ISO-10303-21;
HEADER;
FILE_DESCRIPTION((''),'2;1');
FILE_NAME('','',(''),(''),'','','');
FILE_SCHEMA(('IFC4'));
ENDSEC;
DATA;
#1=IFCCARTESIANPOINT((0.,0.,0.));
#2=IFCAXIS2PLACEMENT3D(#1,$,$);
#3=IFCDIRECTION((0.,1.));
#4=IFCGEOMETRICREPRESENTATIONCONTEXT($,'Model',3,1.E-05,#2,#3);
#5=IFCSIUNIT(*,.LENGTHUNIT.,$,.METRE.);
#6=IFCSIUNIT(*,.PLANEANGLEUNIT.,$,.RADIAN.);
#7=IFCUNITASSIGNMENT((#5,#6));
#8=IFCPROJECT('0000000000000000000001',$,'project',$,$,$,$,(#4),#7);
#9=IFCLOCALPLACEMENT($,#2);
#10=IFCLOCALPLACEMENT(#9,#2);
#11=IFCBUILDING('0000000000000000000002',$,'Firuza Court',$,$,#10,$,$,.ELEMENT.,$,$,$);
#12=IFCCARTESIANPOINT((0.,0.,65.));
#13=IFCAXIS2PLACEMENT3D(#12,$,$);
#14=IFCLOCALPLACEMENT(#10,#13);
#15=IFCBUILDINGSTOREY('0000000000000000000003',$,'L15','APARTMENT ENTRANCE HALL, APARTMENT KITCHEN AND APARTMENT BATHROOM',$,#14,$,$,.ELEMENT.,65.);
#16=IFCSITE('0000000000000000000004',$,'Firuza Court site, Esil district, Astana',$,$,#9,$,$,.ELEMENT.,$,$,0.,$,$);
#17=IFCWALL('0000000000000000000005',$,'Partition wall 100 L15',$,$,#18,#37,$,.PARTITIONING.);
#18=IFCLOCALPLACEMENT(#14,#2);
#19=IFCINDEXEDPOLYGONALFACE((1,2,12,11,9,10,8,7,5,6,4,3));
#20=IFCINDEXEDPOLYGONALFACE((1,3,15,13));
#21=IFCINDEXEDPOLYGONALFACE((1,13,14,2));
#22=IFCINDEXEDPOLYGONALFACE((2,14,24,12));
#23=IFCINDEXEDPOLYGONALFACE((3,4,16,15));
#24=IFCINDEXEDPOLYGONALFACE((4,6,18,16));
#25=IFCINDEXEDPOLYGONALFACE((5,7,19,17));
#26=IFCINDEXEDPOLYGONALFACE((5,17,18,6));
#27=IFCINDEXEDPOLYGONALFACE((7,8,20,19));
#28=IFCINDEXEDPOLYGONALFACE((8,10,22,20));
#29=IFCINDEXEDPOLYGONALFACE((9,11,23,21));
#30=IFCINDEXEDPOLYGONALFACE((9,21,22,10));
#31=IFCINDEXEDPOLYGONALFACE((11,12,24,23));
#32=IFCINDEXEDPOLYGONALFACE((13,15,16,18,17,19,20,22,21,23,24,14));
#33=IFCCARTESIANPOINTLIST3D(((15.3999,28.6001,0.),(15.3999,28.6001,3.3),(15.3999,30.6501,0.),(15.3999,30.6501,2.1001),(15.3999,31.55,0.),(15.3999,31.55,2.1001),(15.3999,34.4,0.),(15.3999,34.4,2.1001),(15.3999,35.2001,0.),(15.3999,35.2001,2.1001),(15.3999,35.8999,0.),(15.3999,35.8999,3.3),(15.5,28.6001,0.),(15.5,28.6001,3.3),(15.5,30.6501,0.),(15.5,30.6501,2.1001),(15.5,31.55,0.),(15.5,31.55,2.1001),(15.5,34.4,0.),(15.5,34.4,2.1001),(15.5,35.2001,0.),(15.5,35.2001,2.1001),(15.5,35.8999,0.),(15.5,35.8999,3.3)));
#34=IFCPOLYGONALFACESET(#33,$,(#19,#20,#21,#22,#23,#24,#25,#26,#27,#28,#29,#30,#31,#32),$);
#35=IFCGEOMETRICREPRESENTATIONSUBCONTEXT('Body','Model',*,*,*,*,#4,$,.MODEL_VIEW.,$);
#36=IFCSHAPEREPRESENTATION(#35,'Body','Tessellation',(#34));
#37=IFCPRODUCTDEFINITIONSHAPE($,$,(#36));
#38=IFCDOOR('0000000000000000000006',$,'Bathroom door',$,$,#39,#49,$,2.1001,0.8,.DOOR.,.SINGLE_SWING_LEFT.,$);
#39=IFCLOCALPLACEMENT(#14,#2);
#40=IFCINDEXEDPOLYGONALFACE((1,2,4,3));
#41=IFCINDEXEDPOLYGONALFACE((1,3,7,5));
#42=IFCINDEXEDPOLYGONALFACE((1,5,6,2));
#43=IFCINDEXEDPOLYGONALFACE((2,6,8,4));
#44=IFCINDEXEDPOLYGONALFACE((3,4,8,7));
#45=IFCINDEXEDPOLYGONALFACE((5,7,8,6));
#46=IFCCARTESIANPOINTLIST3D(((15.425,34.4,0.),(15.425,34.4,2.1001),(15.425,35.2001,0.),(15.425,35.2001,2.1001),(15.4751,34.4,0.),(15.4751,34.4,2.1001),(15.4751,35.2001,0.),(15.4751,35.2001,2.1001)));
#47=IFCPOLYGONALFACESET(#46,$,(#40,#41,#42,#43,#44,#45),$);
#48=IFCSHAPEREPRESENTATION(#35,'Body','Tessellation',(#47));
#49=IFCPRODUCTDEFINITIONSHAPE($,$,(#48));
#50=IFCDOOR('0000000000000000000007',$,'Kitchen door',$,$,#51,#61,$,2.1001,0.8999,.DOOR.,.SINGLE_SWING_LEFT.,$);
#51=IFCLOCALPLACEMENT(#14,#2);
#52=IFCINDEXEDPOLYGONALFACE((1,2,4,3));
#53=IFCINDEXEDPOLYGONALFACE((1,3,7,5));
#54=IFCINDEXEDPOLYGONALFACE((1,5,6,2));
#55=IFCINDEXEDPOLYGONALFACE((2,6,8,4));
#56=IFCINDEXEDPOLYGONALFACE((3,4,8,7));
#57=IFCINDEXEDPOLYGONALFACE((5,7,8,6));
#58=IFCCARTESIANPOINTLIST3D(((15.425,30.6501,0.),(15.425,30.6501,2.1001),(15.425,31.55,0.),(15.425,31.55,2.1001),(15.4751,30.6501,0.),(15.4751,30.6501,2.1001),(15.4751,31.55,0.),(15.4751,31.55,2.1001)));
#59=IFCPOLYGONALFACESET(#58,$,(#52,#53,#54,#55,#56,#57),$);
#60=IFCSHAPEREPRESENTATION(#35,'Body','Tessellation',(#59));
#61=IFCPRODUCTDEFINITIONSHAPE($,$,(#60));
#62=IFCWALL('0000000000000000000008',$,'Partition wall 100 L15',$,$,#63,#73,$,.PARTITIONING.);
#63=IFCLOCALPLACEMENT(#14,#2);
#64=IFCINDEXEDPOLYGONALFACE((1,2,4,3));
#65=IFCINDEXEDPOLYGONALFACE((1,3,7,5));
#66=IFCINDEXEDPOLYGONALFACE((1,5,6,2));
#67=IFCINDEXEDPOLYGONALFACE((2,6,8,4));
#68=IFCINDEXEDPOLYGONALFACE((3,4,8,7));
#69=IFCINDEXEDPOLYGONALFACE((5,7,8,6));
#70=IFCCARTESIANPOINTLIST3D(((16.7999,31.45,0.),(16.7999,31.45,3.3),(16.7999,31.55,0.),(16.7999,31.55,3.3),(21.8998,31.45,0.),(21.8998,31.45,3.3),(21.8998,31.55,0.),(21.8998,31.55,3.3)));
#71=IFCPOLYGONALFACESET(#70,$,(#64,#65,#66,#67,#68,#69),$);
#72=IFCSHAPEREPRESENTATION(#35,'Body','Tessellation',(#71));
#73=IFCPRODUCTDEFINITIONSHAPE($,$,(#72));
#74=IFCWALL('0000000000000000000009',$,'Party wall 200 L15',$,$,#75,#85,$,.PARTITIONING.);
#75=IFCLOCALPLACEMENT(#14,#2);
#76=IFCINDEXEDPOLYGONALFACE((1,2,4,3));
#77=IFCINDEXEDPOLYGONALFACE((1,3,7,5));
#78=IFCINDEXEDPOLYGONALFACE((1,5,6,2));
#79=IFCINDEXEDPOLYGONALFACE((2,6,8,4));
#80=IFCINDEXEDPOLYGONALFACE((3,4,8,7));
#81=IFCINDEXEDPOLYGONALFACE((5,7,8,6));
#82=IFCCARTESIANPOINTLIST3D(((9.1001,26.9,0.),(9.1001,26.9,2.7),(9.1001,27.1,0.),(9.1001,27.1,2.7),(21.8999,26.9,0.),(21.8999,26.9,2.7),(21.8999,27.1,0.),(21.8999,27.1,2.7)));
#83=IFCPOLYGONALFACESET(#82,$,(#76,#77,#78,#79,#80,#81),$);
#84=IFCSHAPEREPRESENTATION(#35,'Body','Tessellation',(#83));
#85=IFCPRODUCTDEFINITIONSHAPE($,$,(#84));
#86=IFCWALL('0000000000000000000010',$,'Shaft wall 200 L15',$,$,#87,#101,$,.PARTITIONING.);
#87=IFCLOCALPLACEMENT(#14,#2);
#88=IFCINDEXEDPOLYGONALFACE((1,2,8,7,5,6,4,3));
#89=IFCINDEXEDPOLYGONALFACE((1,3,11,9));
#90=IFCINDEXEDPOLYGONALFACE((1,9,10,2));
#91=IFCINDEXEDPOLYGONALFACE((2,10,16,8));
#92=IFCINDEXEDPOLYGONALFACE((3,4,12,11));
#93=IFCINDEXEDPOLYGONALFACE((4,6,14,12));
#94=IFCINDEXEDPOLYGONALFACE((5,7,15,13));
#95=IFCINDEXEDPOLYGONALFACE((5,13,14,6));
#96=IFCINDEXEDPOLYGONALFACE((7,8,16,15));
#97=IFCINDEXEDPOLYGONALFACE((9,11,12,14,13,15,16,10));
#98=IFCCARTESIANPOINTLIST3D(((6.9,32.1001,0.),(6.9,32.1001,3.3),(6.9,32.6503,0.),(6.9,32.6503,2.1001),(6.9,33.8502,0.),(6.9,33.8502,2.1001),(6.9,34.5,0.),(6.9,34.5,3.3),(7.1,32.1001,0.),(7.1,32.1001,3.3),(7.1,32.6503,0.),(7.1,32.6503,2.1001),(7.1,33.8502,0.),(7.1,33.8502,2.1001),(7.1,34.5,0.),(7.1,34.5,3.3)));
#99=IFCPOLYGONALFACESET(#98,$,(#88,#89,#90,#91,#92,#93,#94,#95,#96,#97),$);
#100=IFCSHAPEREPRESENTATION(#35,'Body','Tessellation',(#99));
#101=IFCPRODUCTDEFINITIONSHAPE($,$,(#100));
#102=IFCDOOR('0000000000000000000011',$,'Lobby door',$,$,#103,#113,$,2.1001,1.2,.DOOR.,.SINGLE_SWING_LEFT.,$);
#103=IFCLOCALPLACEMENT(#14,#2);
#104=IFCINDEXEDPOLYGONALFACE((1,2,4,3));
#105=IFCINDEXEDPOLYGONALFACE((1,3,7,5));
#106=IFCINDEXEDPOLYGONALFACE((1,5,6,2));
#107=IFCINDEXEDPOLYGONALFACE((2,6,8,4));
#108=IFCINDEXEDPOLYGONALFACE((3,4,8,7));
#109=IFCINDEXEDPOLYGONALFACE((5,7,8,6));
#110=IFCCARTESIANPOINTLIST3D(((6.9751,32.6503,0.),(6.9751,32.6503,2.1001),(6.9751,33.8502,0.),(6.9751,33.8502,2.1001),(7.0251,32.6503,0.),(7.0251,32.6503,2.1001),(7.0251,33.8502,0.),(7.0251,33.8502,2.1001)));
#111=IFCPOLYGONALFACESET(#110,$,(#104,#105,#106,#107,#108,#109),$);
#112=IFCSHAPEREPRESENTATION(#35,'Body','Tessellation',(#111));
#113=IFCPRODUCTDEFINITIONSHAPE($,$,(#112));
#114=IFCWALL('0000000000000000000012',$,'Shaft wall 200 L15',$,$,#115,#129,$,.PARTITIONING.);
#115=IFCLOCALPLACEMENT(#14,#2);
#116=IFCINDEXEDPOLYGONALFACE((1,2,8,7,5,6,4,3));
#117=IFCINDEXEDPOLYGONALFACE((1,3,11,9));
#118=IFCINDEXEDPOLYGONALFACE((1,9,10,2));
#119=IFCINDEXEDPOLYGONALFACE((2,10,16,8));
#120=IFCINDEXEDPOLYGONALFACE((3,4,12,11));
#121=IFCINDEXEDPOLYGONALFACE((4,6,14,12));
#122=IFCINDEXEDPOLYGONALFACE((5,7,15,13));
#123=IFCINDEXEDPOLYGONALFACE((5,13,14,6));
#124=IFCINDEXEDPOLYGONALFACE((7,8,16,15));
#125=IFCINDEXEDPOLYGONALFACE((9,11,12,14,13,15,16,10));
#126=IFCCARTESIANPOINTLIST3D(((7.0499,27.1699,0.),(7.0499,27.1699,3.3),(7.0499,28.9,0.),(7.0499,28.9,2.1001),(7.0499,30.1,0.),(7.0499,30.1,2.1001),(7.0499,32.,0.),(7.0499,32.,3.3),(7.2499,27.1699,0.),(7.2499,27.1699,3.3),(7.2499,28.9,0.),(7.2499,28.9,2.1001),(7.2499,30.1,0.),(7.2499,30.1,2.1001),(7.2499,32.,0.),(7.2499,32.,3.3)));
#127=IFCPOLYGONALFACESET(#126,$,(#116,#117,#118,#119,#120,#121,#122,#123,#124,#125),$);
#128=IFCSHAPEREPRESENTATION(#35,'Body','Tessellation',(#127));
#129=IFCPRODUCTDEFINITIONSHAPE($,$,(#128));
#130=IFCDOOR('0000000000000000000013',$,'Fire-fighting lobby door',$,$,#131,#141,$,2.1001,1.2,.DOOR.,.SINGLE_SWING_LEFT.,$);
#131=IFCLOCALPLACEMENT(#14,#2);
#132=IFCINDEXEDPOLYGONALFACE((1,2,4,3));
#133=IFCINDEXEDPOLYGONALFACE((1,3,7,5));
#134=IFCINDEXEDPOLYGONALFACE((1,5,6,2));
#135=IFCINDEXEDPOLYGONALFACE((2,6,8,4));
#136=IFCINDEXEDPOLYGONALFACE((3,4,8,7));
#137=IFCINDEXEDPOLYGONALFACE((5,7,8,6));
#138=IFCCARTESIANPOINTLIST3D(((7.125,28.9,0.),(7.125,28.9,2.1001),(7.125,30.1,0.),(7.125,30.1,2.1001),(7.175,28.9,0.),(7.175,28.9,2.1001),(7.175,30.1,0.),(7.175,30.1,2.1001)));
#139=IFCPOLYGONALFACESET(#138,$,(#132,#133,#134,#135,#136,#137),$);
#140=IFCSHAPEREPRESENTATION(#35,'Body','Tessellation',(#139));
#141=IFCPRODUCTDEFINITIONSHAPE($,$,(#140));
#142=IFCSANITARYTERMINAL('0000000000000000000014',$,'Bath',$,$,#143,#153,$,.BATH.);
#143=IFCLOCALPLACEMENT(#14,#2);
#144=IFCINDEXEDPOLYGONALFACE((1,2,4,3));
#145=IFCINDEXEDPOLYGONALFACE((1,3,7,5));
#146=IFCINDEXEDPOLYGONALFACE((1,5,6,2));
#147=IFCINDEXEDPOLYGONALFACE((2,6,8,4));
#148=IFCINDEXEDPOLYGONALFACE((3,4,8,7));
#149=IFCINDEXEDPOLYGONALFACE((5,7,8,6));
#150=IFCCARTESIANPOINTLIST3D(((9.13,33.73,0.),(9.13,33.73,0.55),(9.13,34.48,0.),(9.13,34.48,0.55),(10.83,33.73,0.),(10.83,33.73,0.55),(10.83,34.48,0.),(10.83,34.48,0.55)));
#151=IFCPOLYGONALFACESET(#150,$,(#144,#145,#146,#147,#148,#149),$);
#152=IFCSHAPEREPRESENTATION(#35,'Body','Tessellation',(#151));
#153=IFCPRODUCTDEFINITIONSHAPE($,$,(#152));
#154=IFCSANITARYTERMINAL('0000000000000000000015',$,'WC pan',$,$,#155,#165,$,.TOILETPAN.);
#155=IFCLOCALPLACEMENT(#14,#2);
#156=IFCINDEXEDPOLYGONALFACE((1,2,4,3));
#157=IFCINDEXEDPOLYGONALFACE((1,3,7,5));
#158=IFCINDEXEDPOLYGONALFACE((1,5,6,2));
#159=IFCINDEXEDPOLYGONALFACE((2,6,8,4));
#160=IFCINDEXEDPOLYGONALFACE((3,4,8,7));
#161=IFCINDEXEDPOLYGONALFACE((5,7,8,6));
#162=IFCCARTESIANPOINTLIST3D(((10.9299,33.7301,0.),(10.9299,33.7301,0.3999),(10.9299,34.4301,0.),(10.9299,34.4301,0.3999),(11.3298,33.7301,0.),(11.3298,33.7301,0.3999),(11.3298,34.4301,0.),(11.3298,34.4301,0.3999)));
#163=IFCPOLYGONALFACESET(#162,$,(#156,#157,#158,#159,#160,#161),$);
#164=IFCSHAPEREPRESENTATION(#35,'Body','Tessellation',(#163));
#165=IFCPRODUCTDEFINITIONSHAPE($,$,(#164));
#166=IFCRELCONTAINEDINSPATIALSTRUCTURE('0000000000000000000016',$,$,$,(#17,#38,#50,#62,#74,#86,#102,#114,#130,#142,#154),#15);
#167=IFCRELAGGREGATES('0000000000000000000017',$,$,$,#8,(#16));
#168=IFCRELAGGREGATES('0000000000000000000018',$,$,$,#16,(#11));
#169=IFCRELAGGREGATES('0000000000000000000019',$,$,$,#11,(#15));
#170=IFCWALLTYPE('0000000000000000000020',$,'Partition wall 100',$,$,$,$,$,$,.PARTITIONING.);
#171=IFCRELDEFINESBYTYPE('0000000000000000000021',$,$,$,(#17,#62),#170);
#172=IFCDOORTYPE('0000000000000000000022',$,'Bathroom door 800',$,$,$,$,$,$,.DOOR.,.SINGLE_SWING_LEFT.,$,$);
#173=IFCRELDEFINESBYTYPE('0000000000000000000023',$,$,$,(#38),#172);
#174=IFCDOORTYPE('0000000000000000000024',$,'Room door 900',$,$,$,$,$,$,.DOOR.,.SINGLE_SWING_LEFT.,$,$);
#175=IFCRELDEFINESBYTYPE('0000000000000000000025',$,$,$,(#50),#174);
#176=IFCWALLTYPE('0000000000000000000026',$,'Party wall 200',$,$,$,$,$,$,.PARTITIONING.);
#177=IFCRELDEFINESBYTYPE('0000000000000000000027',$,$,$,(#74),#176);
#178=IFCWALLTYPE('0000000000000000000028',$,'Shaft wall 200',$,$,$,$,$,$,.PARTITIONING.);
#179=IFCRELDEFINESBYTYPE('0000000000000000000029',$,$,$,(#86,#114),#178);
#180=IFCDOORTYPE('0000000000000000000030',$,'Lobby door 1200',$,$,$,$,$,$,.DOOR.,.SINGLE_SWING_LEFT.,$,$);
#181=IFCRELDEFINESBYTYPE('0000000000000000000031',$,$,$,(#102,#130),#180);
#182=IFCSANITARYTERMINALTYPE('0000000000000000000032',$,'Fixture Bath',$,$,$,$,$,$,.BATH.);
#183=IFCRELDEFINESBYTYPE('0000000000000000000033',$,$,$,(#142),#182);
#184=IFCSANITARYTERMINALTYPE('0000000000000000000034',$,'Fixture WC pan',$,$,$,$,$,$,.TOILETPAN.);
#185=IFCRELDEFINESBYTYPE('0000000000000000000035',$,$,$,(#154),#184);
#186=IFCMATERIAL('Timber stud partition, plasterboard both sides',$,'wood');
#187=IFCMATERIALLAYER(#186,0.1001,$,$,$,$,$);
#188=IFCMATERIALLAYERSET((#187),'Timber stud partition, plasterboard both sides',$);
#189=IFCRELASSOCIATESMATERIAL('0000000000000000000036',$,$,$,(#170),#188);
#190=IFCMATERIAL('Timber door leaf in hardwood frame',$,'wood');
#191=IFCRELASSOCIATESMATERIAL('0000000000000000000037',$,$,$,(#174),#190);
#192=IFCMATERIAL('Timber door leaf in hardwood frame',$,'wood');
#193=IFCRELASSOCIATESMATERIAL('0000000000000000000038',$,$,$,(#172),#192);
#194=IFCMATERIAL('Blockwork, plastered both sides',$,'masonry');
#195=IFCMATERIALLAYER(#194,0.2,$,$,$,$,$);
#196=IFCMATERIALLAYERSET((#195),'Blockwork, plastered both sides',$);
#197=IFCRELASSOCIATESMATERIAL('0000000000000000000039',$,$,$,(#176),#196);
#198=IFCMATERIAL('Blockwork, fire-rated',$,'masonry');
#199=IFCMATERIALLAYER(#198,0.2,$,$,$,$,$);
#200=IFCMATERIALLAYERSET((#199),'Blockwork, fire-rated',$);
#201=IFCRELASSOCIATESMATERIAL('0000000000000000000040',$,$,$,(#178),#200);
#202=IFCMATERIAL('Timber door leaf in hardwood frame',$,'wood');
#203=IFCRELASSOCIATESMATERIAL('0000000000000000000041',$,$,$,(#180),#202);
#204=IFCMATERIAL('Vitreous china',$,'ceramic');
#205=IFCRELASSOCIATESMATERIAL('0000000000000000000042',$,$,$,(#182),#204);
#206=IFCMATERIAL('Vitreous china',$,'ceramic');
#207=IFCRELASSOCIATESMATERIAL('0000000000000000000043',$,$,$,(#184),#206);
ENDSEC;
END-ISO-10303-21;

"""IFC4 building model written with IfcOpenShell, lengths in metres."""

from ifc_helpers import new_model, si_unit, direction, frame, frame_2d, origin, origin_2d, place, context, subcontext, project, spatial, rectangle, extrude, material, layer, layer_set, type_object, element, fill, save


model = new_model("IFC4")

# Units and contexts
model_context = context("Model", 3, precision=1e-05, world=origin(), true_north=direction((0.0, 1.0)))
body_context = subcontext(model_context, "Body", "Model", "MODEL_VIEW")
ifc_project = project(units=[si_unit("LENGTHUNIT", "METRE"), si_unit("PLANEANGLEUNIT", "RADIAN")], contexts=[model_context])

# Site, building, storey
site_placement = place(None, origin())
site = spatial("IfcSite", under=ifc_project, at=site_placement, Name="Firuza Court site, Esil district, Astana", CompositionType="ELEMENT", RefElevation=0.0)
building_placement = place(site_placement, origin())
building = spatial("IfcBuilding", under=site, at=building_placement, Name="Firuza Court", CompositionType="ELEMENT")
storey_placement = place(building_placement, frame((0.0, 0.0, 65.0)))
storey = spatial("IfcBuildingStorey", under=building, at=storey_placement, Name="L15", Description="APARTMENT ENTRANCE HALL, APARTMENT KITCHEN AND APARTMENT BATHROOM", CompositionType="ELEMENT", Elevation=65.0)

# Shared definitions
ifc_material_1 = material(Name="Timber stud partition, plasterboard both sides", Category="wood")
ifc_layer_1 = layer(ifc_material_1, 0.1001)
ifc_layer_set_1 = layer_set([ifc_layer_1], Name="Timber stud partition, plasterboard both sides")
wall_type_1 = type_object("IfcWallType", Name="Partition wall 100", PredefinedType="PARTITIONING", material=ifc_layer_set_1)

# Shared definitions
ifc_material_2 = material(Name="Timber door leaf in hardwood frame", Category="wood")
door_type_1 = type_object("IfcDoorType", Name="Room door 900", OperationType="SINGLE_SWING_LEFT", PredefinedType="DOOR", material=ifc_material_2)

# Wall, openings, doors
wall_1_placement = place(storey_placement, frame((15.45, 28.6001, 0.0), z_axis=(0.0, 0.0, 1.0), x_axis=(0.0, 1.0, 0.0)))
wall_1 = element("IfcWall", 1, at=wall_1_placement, inside=storey, type_object=wall_type_1, Name="Partition wall 100 L15", PredefinedType="PARTITIONING", context=body_context, shape_type="SweptSolid", body=[
    extrude(rectangle(XDim=7.2998, YDim=0.1001, at=frame_2d((3.6499, 0.0))), origin(), (0.0, 0.0, 1.0), 3.3),
])
opening_1_placement = place(wall_1_placement, frame((5.8, 0.0, 0.0)))
opening_1 = element("IfcOpeningElement", 2, at=opening_1_placement, cuts=wall_1, PredefinedType="OPENING", context=body_context, shape_type="SweptSolid", body=[
    extrude(rectangle(XDim=0.8, YDim=2.1001, at=frame_2d((0.3999, 1.05))), frame((0.0, 0.062, 0.0), z_axis=(0.0, -1.0, 0.0), x_axis=(1.0, 0.0, 0.0)), (0.0, 0.0, 1.0), 0.124),
])
opening_2_placement = place(wall_1_placement, frame((2.05, 0.0, 0.0)))
opening_2 = element("IfcOpeningElement", 3, at=opening_2_placement, cuts=wall_1, PredefinedType="OPENING", context=body_context, shape_type="SweptSolid", body=[
    extrude(rectangle(XDim=0.8999, YDim=2.1001, at=frame_2d((0.45, 1.05))), frame((0.0, 0.062, 0.0), z_axis=(0.0, -1.0, 0.0), x_axis=(1.0, 0.0, 0.0)), (0.0, 0.0, 1.0), 0.124),
])
ifc_material_3 = material(Name="Timber door leaf in hardwood frame", Category="wood")
door_type_2 = type_object("IfcDoorType", Name="Bathroom door 800", OperationType="SINGLE_SWING_LEFT", PredefinedType="DOOR", material=ifc_material_3)
door_1_placement = place(opening_1_placement, origin())
door_1 = element("IfcDoor", 4, at=door_1_placement, inside=storey, type_object=door_type_2, Name="Bathroom door", OperationType="SINGLE_SWING_LEFT", OverallHeight=2.1001, OverallWidth=0.8, PredefinedType="DOOR", context=body_context, shape_type="SweptSolid", body=[
    extrude(rectangle(XDim=0.8, YDim=2.1001, at=frame_2d((0.3999, 1.05))), frame((0.0, 0.0249, 0.0), z_axis=(0.0, -1.0, 0.0), x_axis=(1.0, 0.0, 0.0)), (0.0, 0.0, 1.0), 0.05),
])
fill(opening_1, door_1)
door_2_placement = place(opening_2_placement, origin())
door_2 = element("IfcDoor", 5, at=door_2_placement, inside=storey, type_object=door_type_1, Name="Kitchen door", OperationType="SINGLE_SWING_LEFT", OverallHeight=2.1001, OverallWidth=0.8999, PredefinedType="DOOR", context=body_context, shape_type="SweptSolid", body=[
    extrude(rectangle(XDim=0.8999, YDim=2.1001, at=frame_2d((0.45, 1.05))), frame((0.0, 0.0249, 0.0), z_axis=(0.0, -1.0, 0.0), x_axis=(1.0, 0.0, 0.0)), (0.0, 0.0, 1.0), 0.05),
])
fill(opening_2, door_2)

# Walls
wall_2_placement = place(storey_placement, frame((16.8, 31.5, 0.0), z_axis=(0.0, 0.0, 1.0), x_axis=(1.0, 0.0, 0.0)))
element("IfcWall", 6, at=wall_2_placement, inside=storey, type_object=wall_type_1, Name="Partition wall 100 L15", PredefinedType="PARTITIONING", context=body_context, shape_type="SweptSolid", body=[
    extrude(rectangle(XDim=5.0999, YDim=0.1001, at=frame_2d((2.5498, 0.0))), origin(), (0.0, 0.0, 1.0), 3.3),
])
ifc_material_4 = material(Name="Blockwork, plastered both sides", Category="masonry")
ifc_layer_2 = layer(ifc_material_4, 0.2)
ifc_layer_set_2 = layer_set([ifc_layer_2], Name="Blockwork, plastered both sides")
wall_type_2 = type_object("IfcWallType", Name="Party wall 200", PredefinedType="PARTITIONING", material=ifc_layer_set_2)
wall_3_placement = place(storey_placement, frame((9.1001, 27.0, 0.0), z_axis=(0.0, 0.0, 1.0), x_axis=(1.0, 0.0, 0.0)))
element("IfcWall", 7, at=wall_3_placement, inside=storey, type_object=wall_type_2, Name="Party wall 200 L15", PredefinedType="PARTITIONING", context=body_context, shape_type="SweptSolid", body=[
    extrude(rectangle(XDim=12.7998, YDim=0.2, at=frame_2d((6.3999, 0.0))), origin(), (0.0, 0.0, 1.0), 2.7),
])

# Walls, openings, doors
ifc_material_5 = material(Name="Blockwork, fire-rated", Category="masonry")
ifc_layer_3 = layer(ifc_material_5, 0.2)
ifc_layer_set_3 = layer_set([ifc_layer_3], Name="Blockwork, fire-rated")
wall_type_3 = type_object("IfcWallType", Name="Shaft wall 200", PredefinedType="PARTITIONING", material=ifc_layer_set_3)
wall_4_placement = place(storey_placement, frame((7.0, 32.1001, 0.0), z_axis=(0.0, 0.0, 1.0), x_axis=(0.0, 1.0, 0.0)))
wall_4 = element("IfcWall", 8, at=wall_4_placement, inside=storey, type_object=wall_type_3, Name="Shaft wall 200 L15", PredefinedType="PARTITIONING", context=body_context, shape_type="SweptSolid", body=[
    extrude(rectangle(XDim=2.3999, YDim=0.2, at=frame_2d((1.2, 0.0))), origin(), (0.0, 0.0, 1.0), 3.3),
])
opening_3_placement = place(wall_4_placement, frame((0.55, 0.0, 0.0)))
opening_3 = element("IfcOpeningElement", 9, at=opening_3_placement, cuts=wall_4, PredefinedType="OPENING", context=body_context, shape_type="SweptSolid", body=[
    extrude(rectangle(XDim=1.2, YDim=2.1001, at=frame_2d((0.6001, 1.05))), frame((0.0, 0.1118, 0.0), z_axis=(0.0, -1.0, 0.0), x_axis=(1.0, 0.0, 0.0)), (0.0, 0.0, 1.0), 0.2239),
])
ifc_material_6 = material(Name="Timber door leaf in hardwood frame", Category="wood")
door_type_3 = type_object("IfcDoorType", Name="Lobby door 1200", OperationType="SINGLE_SWING_LEFT", PredefinedType="DOOR", material=ifc_material_6)
door_3_placement = place(opening_3_placement, origin())
door_3 = element("IfcDoor", 10, at=door_3_placement, inside=storey, type_object=door_type_3, Name="Lobby door", OperationType="SINGLE_SWING_LEFT", OverallHeight=2.1001, OverallWidth=1.2, PredefinedType="DOOR", context=body_context, shape_type="SweptSolid", body=[
    extrude(rectangle(XDim=1.2, YDim=2.1001, at=frame_2d((0.6001, 1.05))), frame((0.0, 0.0249, 0.0), z_axis=(0.0, -1.0, 0.0), x_axis=(1.0, 0.0, 0.0)), (0.0, 0.0, 1.0), 0.05),
])
fill(opening_3, door_3)
wall_5_placement = place(storey_placement, frame((7.1499, 27.1699, 0.0), z_axis=(0.0, 0.0, 1.0), x_axis=(0.0, 1.0, 0.0)))
wall_5 = element("IfcWall", 11, at=wall_5_placement, inside=storey, type_object=wall_type_3, Name="Shaft wall 200 L15", PredefinedType="PARTITIONING", context=body_context, shape_type="SweptSolid", body=[
    extrude(rectangle(XDim=4.8301, YDim=0.2, at=frame_2d((2.415, 0.0))), origin(), (0.0, 0.0, 1.0), 3.3),
])
opening_4_placement = place(wall_5_placement, frame((1.73, 0.0, 0.0)))
opening_4 = element("IfcOpeningElement", 12, at=opening_4_placement, cuts=wall_5, PredefinedType="OPENING", context=body_context, shape_type="SweptSolid", body=[
    extrude(rectangle(XDim=1.2, YDim=2.1001, at=frame_2d((0.6001, 1.05))), frame((0.0, 0.1118, 0.0), z_axis=(0.0, -1.0, 0.0), x_axis=(1.0, 0.0, 0.0)), (0.0, 0.0, 1.0), 0.2239),
])
door_4_placement = place(opening_4_placement, origin())
door_4 = element("IfcDoor", 13, at=door_4_placement, inside=storey, type_object=door_type_3, Name="Fire-fighting lobby door", OperationType="SINGLE_SWING_LEFT", OverallHeight=2.1001, OverallWidth=1.2, PredefinedType="DOOR", context=body_context, shape_type="SweptSolid", body=[
    extrude(rectangle(XDim=1.2, YDim=2.1001, at=frame_2d((0.6001, 1.05))), frame((0.0, 0.0249, 0.0), z_axis=(0.0, -1.0, 0.0), x_axis=(1.0, 0.0, 0.0)), (0.0, 0.0, 1.0), 0.05),
])
fill(opening_4, door_4)

# Sanitary terminals
ifc_material_7 = material(Name="Vitreous china", Category="ceramic")
sanitary_terminal_type_1 = type_object("IfcSanitaryTerminalType", Name="Fixture Bath", PredefinedType="BATH", material=ifc_material_7)
sanitary_terminal_1_placement = place(storey_placement, frame((9.98, 34.105, 0.0), z_axis=(0.0, 0.0, 1.0), x_axis=(1.0, 0.0, 0.0)))
element("IfcSanitaryTerminal", 14, at=sanitary_terminal_1_placement, inside=storey, type_object=sanitary_terminal_type_1, Name="Bath", PredefinedType="BATH", context=body_context, shape_type="SweptSolid", body=[
    extrude(rectangle(XDim=1.7, YDim=0.75, at=origin_2d()), origin(), (0.0, 0.0, 1.0), 0.55),
])
ifc_material_8 = material(Name="Vitreous china", Category="ceramic")
sanitary_terminal_type_2 = type_object("IfcSanitaryTerminalType", Name="Fixture WC pan", PredefinedType="TOILETPAN", material=ifc_material_8)
sanitary_terminal_2_placement = place(storey_placement, frame((11.1299, 34.0801, 0.0), z_axis=(0.0, 0.0, 1.0), x_axis=(1.0, 0.0, 0.0)))
element("IfcSanitaryTerminal", 15, at=sanitary_terminal_2_placement, inside=storey, type_object=sanitary_terminal_type_2, Name="WC pan", PredefinedType="TOILETPAN", context=body_context, shape_type="SweptSolid", body=[
    extrude(rectangle(XDim=0.3999, YDim=0.7, at=origin_2d()), origin(), (0.0, 0.0, 1.0), 0.3999),
])

save(model, "model.ifc")
